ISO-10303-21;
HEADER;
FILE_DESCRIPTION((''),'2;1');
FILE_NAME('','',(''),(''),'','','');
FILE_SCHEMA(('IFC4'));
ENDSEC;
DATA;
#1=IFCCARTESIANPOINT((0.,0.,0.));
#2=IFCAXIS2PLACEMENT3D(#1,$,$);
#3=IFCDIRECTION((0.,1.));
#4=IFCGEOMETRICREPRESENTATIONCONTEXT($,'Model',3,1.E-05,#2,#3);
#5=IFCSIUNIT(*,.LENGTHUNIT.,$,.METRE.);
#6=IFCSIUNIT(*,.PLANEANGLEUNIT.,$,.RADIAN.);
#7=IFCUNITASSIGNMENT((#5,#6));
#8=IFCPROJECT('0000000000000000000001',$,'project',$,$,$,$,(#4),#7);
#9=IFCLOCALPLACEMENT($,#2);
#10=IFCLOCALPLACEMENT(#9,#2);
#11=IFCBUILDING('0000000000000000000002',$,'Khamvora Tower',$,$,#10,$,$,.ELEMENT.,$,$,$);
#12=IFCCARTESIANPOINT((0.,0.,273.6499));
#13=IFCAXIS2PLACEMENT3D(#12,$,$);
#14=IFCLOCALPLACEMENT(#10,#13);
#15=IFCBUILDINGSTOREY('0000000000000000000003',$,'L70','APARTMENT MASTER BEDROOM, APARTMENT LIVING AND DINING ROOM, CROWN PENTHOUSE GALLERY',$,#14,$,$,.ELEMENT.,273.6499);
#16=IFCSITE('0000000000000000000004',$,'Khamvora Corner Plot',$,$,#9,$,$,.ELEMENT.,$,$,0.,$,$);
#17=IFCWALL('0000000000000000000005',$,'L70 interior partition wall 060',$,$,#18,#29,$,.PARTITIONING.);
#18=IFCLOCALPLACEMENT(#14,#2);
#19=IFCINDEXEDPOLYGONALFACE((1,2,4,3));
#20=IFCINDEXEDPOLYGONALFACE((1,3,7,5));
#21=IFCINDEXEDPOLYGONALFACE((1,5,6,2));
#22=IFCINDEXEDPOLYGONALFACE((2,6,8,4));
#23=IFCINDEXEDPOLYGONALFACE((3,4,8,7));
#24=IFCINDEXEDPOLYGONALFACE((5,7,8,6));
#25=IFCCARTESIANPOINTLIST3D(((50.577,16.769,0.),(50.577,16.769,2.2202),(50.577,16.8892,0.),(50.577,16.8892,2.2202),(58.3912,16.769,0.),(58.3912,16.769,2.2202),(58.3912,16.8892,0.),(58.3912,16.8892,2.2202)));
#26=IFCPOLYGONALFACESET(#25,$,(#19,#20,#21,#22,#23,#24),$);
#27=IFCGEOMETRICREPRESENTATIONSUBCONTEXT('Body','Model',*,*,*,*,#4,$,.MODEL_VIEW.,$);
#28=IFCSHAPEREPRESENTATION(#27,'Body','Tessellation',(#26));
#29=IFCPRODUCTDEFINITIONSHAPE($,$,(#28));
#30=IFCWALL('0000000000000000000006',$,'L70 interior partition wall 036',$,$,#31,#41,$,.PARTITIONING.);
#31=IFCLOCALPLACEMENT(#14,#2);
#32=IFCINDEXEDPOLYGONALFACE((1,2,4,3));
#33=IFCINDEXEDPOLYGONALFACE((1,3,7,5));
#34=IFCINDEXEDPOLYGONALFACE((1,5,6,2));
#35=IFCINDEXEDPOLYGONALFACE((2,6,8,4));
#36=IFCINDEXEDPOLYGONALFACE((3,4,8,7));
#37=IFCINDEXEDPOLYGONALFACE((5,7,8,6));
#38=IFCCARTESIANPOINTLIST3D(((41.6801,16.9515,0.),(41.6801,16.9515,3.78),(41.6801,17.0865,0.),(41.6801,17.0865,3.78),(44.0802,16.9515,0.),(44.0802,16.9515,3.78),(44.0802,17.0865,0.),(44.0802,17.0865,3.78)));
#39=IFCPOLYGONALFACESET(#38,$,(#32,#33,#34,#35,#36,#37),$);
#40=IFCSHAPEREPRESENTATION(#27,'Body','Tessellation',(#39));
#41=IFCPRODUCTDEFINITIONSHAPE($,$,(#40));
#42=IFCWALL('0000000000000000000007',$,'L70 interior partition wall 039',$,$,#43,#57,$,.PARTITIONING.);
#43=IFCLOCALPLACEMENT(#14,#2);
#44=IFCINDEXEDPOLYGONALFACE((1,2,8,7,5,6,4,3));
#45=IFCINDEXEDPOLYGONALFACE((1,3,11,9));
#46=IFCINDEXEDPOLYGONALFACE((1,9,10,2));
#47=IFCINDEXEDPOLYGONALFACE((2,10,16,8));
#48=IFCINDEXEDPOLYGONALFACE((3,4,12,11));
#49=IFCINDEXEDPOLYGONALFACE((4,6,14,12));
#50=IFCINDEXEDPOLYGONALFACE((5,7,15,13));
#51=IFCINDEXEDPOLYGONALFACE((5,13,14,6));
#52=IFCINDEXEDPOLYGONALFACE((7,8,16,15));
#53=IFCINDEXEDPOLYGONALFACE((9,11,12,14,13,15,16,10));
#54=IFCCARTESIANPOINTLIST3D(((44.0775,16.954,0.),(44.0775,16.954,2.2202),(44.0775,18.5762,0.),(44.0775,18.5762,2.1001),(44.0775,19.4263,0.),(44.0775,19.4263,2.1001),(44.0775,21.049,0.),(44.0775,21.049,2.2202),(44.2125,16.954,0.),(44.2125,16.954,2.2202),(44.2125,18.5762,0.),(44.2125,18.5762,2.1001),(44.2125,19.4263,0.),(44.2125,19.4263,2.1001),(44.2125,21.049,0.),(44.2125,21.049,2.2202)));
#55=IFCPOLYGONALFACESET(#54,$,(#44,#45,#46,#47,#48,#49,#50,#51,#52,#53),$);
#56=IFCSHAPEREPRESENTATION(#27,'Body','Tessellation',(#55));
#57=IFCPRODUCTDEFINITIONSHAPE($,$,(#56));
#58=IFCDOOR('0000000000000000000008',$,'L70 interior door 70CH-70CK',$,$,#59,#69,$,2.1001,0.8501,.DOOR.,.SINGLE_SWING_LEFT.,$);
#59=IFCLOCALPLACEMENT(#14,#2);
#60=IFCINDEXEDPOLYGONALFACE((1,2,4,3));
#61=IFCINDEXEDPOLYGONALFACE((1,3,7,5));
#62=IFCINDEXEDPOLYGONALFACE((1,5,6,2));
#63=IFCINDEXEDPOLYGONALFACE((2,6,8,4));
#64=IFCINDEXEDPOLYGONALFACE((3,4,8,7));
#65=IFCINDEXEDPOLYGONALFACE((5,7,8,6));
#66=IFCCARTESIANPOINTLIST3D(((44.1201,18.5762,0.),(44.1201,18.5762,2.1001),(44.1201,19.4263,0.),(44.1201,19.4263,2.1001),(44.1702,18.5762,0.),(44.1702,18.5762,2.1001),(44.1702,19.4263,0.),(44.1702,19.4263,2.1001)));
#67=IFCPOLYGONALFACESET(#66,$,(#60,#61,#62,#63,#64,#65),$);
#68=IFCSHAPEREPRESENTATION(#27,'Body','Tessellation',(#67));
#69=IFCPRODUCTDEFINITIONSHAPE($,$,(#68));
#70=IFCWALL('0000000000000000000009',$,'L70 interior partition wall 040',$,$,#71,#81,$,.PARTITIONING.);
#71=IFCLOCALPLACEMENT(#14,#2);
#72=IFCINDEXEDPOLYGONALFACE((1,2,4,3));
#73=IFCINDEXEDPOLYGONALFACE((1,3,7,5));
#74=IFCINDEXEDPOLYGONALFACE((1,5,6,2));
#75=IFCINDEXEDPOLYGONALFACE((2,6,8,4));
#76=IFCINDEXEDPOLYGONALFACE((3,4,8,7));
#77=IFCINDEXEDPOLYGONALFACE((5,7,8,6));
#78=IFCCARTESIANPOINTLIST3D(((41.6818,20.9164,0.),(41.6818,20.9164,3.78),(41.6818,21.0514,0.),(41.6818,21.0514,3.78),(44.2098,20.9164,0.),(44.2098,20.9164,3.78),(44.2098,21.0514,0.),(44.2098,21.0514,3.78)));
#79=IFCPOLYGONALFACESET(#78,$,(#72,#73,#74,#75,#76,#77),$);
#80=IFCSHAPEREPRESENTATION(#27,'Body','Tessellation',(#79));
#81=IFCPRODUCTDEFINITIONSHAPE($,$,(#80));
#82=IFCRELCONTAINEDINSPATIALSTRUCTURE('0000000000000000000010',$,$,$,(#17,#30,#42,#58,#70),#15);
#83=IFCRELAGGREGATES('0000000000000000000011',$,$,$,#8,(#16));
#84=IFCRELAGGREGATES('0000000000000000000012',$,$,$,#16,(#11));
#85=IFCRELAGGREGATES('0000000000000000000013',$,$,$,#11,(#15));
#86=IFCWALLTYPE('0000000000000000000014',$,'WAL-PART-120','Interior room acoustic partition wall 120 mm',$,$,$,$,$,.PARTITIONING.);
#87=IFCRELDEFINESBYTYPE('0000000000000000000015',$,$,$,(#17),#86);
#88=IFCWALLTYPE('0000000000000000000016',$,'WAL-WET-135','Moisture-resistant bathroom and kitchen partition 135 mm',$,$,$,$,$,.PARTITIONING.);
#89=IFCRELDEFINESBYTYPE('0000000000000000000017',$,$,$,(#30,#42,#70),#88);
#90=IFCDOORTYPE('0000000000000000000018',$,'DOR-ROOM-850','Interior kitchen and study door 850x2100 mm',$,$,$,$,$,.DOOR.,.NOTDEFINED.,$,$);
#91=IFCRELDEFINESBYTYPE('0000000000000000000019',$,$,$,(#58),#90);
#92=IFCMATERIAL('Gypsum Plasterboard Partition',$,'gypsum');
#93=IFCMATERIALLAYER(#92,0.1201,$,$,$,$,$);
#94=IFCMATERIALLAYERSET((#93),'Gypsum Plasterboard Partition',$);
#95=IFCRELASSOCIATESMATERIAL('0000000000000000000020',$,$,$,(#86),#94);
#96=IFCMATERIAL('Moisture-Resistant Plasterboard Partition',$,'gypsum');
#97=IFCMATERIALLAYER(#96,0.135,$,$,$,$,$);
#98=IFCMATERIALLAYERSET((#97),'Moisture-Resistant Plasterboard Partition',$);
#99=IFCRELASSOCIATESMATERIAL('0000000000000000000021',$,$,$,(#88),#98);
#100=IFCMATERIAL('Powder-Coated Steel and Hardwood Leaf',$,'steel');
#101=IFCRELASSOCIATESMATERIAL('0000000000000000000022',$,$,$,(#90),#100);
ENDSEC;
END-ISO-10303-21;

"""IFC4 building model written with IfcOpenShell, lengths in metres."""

from ifc_helpers import new_model, si_unit, direction, frame, frame_2d, origin, place, context, subcontext, project, spatial, rectangle, extrude, material, layer, layer_set, type_object, element, fill, save


model = new_model("IFC4")

# Units and contexts
model_context = context("Model", 3, precision=1e-05, world=origin(), true_north=direction((0.0, 1.0)))
body_context = subcontext(model_context, "Body", "Model", "MODEL_VIEW")
ifc_project = project(units=[si_unit("LENGTHUNIT", "METRE"), si_unit("PLANEANGLEUNIT", "RADIAN")], contexts=[model_context])

# Site, building, storey
site_placement = place(None, origin())
site = spatial("IfcSite", under=ifc_project, at=site_placement, Name="Khamvora Corner Plot", CompositionType="ELEMENT", RefElevation=0.0)
building_placement = place(site_placement, origin())
building = spatial("IfcBuilding", under=site, at=building_placement, Name="Khamvora Tower", CompositionType="ELEMENT")
storey_placement = place(building_placement, frame((0.0, 0.0, 273.6499)))
storey = spatial("IfcBuildingStorey", under=building, at=storey_placement, Name="L70", Description="APARTMENT MASTER BEDROOM, APARTMENT LIVING AND DINING ROOM, CROWN PENTHOUSE GALLERY", CompositionType="ELEMENT", Elevation=273.6499)

# Shared definitions
ifc_material_1 = material(Name="Powder-Coated Steel and Hardwood Leaf", Category="steel")

# Shared definitions
ifc_material_2 = material(Name="Gypsum Plasterboard Partition", Category="gypsum")
ifc_layer_1 = layer(ifc_material_2, 0.1201)
ifc_layer_set_1 = layer_set([ifc_layer_1], Name="Gypsum Plasterboard Partition")
wall_type_1 = type_object("IfcWallType", Name="WAL-PART-120", Description="Interior room acoustic partition wall 120 mm", PredefinedType="PARTITIONING", material=ifc_layer_set_1)

# Walls
wall_1_placement = place(storey_placement, frame((50.5769, 16.8291, 0.0), z_axis=(0.0, 0.0, 1.0), x_axis=(1.0, 0.0, 0.0)))
element("IfcWall", 1, at=wall_1_placement, inside=storey, type_object=wall_type_1, Name="L70 interior partition wall 060", PredefinedType="PARTITIONING", context=body_context, shape_type="SweptSolid", body=[
    extrude(rectangle(XDim=7.8142, YDim=0.1201, at=frame_2d((3.9072, 0.0))), origin(), (0.0, 0.0, 1.0), 2.2202),
])
ifc_material_3 = material(Name="Moisture-Resistant Plasterboard Partition", Category="gypsum")
ifc_layer_2 = layer(ifc_material_3, 0.135)
ifc_layer_set_2 = layer_set([ifc_layer_2], Name="Moisture-Resistant Plasterboard Partition")
wall_type_2 = type_object("IfcWallType", Name="WAL-WET-135", Description="Moisture-resistant bathroom and kitchen partition 135 mm", PredefinedType="PARTITIONING", material=ifc_layer_set_2)
wall_2_placement = place(storey_placement, frame((41.6799, 17.019, 0.0), z_axis=(0.0, 0.0, 1.0), x_axis=(1.0, 0.0, 0.0)))
element("IfcWall", 2, at=wall_2_placement, inside=storey, type_object=wall_type_2, Name="L70 interior partition wall 036", PredefinedType="PARTITIONING", context=body_context, shape_type="SweptSolid", body=[
    extrude(rectangle(XDim=2.4001, YDim=0.135, at=frame_2d((1.2002, 0.0))), origin(), (0.0, 0.0, 1.0), 3.78),
])

# Wall, opening, door
wall_3_placement = place(storey_placement, frame((44.145, 16.9541, 0.0), z_axis=(0.0, 0.0, 1.0), x_axis=(0.0, 1.0, 0.0)))
wall_3 = element("IfcWall", 3, at=wall_3_placement, inside=storey, type_object=wall_type_2, Name="L70 interior partition wall 039", PredefinedType="PARTITIONING", context=body_context, shape_type="SweptSolid", body=[
    extrude(rectangle(XDim=4.095, YDim=0.135, at=frame_2d((2.0474, 0.0))), origin(), (0.0, 0.0, 1.0), 2.2202),
])
opening_1_placement = place(wall_3_placement, frame((1.6221, 0.0, 0.0)))
opening_1 = element("IfcOpeningElement", 4, at=opening_1_placement, cuts=wall_3, PredefinedType="OPENING", context=body_context, shape_type="SweptSolid", body=[
    extrude(rectangle(XDim=0.8501, YDim=2.1001, at=frame_2d((0.425, 1.05))), frame((0.0, 0.0774, 0.0), z_axis=(0.0, -1.0, 0.0), x_axis=(1.0, 0.0, 0.0)), (0.0, 0.0, 1.0), 0.155),
])
door_type_1 = type_object("IfcDoorType", Name="DOR-ROOM-850", Description="Interior kitchen and study door 850x2100 mm", OperationType="NOTDEFINED", PredefinedType="DOOR", material=ifc_material_1)
door_1_placement = place(opening_1_placement, origin())
door_1 = element("IfcDoor", 5, at=door_1_placement, inside=storey, type_object=door_type_1, Name="L70 interior door 70CH-70CK", OperationType="SINGLE_SWING_LEFT", OverallHeight=2.1001, OverallWidth=0.8501, PredefinedType="DOOR", context=body_context, shape_type="SweptSolid", body=[
    extrude(rectangle(XDim=0.8501, YDim=2.1001, at=frame_2d((0.425, 1.05))), frame((0.0, 0.0249, 0.0), z_axis=(0.0, -1.0, 0.0), x_axis=(1.0, 0.0, 0.0)), (0.0, 0.0, 1.0), 0.05),
])
fill(opening_1, door_1)

# Wall
wall_4_placement = place(storey_placement, frame((44.21, 20.9839, 0.0), z_axis=(0.0, 0.0, 1.0), x_axis=(-1.0, 0.0, 0.0)))
element("IfcWall", 6, at=wall_4_placement, inside=storey, type_object=wall_type_2, Name="L70 interior partition wall 040", PredefinedType="PARTITIONING", context=body_context, shape_type="SweptSolid", body=[
    extrude(rectangle(XDim=2.5281, YDim=0.135, at=frame_2d((1.2642, 0.0))), origin(), (0.0, 0.0, 1.0), 3.78),
])

save(model, "model.ifc")
